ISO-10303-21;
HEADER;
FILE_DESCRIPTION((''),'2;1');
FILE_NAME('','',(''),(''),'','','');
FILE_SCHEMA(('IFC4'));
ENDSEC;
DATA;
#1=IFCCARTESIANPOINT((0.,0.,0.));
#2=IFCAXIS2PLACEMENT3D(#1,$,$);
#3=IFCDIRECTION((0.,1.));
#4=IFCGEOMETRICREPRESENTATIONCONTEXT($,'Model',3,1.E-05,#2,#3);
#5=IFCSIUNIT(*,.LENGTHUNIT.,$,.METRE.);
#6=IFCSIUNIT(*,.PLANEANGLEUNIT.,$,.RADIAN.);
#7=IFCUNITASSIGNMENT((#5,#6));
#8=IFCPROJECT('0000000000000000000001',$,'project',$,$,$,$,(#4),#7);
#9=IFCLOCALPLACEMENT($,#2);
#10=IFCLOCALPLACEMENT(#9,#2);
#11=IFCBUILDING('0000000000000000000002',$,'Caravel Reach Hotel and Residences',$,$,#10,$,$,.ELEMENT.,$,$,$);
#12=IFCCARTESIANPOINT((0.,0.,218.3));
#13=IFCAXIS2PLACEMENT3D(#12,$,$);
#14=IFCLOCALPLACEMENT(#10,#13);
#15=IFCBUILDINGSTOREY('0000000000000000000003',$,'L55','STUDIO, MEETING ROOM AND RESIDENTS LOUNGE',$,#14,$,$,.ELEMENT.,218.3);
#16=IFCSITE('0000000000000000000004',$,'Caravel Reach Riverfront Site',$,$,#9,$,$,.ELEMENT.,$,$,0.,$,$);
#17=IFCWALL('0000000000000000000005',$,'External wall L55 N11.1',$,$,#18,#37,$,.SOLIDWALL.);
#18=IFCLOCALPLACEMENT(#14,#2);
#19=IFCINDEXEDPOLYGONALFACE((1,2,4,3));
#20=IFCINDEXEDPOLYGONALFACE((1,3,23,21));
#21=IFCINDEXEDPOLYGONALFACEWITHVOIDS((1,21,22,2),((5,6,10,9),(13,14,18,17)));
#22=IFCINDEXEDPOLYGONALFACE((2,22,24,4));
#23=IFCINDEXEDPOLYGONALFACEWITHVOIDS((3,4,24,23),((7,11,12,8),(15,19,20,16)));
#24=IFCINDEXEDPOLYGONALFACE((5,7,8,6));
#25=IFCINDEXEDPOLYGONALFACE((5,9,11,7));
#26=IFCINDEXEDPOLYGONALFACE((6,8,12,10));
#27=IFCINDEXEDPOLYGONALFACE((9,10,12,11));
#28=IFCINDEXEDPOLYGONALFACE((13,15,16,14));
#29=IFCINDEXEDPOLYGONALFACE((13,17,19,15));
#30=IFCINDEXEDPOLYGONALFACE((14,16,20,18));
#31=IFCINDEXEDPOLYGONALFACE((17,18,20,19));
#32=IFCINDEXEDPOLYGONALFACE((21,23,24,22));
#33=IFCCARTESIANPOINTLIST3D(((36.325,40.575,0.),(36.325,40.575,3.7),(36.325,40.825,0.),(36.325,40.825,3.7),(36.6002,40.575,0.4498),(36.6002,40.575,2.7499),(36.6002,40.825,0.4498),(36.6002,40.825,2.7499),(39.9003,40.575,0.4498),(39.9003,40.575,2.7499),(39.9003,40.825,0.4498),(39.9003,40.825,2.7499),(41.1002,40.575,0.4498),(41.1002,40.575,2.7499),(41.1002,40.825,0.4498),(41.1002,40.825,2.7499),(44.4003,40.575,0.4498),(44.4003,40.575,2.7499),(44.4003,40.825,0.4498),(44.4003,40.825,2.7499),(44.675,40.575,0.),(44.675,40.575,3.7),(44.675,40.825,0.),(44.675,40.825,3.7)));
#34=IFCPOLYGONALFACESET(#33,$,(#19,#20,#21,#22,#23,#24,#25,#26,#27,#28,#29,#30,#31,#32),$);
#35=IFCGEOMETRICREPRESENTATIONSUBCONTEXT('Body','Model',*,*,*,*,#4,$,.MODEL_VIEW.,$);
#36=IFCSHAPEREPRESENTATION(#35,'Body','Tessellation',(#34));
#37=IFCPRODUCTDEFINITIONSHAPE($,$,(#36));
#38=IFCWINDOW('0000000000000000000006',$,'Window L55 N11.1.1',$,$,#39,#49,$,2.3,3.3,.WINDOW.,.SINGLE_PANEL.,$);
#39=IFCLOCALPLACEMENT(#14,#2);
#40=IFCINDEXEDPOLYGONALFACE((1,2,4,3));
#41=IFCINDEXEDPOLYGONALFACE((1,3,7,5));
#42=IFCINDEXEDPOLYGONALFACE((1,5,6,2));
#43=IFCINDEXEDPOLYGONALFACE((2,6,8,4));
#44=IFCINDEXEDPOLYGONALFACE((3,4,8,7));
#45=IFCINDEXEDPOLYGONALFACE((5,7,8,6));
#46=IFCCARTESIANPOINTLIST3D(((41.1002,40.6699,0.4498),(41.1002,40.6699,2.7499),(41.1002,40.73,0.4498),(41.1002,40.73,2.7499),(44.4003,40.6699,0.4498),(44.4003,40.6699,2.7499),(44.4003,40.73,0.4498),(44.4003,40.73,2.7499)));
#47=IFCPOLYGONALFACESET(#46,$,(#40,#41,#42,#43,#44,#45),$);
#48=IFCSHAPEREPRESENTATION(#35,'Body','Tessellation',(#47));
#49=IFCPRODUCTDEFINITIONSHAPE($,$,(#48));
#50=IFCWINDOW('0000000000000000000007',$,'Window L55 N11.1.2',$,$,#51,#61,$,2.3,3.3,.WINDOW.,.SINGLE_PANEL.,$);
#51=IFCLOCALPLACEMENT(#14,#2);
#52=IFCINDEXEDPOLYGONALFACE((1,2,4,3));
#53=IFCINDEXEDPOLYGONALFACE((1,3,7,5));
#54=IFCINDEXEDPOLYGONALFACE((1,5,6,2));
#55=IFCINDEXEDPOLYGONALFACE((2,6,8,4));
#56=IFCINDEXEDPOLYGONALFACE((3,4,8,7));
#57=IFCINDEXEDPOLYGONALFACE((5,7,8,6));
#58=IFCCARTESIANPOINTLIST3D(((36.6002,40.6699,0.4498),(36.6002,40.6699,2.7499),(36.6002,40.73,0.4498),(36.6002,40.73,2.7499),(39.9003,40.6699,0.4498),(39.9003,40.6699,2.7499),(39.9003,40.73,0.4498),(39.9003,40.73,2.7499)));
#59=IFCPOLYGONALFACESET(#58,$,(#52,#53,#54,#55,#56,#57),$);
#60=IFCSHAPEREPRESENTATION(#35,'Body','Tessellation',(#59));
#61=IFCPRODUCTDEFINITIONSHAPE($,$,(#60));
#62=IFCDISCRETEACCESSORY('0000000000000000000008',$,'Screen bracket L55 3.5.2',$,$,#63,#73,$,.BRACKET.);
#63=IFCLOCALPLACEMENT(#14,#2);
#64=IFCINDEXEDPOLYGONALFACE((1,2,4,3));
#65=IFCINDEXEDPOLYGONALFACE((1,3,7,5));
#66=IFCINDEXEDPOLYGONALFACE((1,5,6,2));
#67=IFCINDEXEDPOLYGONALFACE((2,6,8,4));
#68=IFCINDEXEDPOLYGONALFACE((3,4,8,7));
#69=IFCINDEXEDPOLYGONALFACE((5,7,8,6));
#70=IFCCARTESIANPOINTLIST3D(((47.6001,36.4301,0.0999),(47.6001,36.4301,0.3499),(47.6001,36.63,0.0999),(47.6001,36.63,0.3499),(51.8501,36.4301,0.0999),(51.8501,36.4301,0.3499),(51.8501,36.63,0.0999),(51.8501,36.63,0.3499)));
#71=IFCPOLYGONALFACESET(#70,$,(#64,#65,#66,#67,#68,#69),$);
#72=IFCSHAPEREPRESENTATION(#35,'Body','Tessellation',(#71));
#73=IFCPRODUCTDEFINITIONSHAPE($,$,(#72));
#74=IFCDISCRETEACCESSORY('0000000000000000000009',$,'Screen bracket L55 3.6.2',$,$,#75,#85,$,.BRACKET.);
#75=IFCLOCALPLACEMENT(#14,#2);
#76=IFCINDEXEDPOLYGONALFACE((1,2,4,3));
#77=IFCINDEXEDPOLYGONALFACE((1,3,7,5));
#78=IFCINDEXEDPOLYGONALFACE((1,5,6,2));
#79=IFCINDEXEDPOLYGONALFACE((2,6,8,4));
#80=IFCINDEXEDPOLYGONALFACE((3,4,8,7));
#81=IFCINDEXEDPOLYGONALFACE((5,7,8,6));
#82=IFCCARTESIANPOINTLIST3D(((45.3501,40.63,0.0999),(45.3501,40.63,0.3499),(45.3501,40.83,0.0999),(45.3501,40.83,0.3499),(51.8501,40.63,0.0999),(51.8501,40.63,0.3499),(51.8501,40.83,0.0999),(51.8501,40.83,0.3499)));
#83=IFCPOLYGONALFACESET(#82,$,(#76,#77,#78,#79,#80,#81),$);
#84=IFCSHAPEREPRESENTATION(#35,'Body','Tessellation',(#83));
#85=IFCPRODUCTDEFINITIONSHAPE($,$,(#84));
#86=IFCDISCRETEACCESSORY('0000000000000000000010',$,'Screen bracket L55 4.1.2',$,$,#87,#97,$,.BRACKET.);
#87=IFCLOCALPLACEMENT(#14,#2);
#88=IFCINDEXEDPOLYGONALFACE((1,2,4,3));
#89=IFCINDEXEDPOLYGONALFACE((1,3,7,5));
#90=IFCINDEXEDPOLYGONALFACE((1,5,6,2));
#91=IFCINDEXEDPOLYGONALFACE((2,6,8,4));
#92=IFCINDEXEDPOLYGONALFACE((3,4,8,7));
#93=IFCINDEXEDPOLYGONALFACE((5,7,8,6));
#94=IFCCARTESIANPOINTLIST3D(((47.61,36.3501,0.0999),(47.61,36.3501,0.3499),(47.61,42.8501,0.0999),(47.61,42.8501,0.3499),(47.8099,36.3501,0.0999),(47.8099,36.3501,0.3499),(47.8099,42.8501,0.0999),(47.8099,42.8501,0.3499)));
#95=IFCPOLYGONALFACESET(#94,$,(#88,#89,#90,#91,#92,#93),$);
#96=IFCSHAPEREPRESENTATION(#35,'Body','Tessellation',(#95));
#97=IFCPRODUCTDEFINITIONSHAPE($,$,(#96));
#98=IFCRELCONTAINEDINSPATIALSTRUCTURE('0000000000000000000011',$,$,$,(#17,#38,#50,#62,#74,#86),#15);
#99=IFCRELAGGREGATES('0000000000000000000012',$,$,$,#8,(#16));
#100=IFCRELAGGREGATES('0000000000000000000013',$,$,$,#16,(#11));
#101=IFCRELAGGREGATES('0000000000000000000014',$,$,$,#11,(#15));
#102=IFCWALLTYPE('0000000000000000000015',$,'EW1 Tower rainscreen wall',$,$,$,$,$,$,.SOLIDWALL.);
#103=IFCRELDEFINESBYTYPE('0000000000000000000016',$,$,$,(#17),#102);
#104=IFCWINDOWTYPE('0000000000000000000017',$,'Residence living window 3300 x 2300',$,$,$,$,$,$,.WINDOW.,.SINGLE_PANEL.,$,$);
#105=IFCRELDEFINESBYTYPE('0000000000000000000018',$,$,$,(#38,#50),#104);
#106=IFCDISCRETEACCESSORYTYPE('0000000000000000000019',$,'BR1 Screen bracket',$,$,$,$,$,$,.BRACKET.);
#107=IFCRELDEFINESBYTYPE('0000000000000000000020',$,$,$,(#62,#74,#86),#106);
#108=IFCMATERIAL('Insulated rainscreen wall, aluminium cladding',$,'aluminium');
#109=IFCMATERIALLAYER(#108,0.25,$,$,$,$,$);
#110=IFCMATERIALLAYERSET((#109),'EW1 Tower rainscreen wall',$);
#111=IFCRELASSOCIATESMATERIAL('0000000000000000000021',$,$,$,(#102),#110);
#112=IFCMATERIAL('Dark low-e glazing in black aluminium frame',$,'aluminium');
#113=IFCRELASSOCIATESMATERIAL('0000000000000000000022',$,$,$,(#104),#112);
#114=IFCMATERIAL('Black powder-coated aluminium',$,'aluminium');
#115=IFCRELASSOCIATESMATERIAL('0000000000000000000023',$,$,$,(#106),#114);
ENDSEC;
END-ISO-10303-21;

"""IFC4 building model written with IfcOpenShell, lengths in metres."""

from ifc_helpers import new_model, si_unit, direction, frame, frame_2d, origin, origin_2d, place, context, subcontext, project, spatial, rectangle, extrude, material, layer, layer_set, type_object, element, fill, save


model = new_model("IFC4")

# Units and contexts
model_context = context("Model", 3, precision=1e-05, world=origin(), true_north=direction((0.0, 1.0)))
body_context = subcontext(model_context, "Body", "Model", "MODEL_VIEW")
ifc_project = project(units=[si_unit("LENGTHUNIT", "METRE"), si_unit("PLANEANGLEUNIT", "RADIAN")], contexts=[model_context])

# Site, building, storey
site_placement = place(None, origin())
site = spatial("IfcSite", under=ifc_project, at=site_placement, Name="Caravel Reach Riverfront Site", CompositionType="ELEMENT", RefElevation=0.0)
building_placement = place(site_placement, origin())
building = spatial("IfcBuilding", under=site, at=building_placement, Name="Caravel Reach Hotel and Residences", CompositionType="ELEMENT")
storey_placement = place(building_placement, frame((0.0, 0.0, 218.3)))
storey = spatial("IfcBuildingStorey", under=building, at=storey_placement, Name="L55", Description="STUDIO, MEETING ROOM AND RESIDENTS LOUNGE", CompositionType="ELEMENT", Elevation=218.3)

# Shared definitions
ifc_material_1 = material(Name="Insulated rainscreen wall, aluminium cladding", Category="aluminium")
ifc_layer_1 = layer(ifc_material_1, 0.25)
ifc_layer_set_1 = layer_set([ifc_layer_1], Name="EW1 Tower rainscreen wall")
wall_type_1 = type_object("IfcWallType", Name="EW1 Tower rainscreen wall", PredefinedType="SOLIDWALL", material=ifc_layer_set_1)

# Wall, openings, windows
wall_1_placement = place(storey_placement, frame((44.675, 40.7, 0.0), z_axis=(0.0, 0.0, 1.0), x_axis=(-1.0, 0.0, 0.0)))
wall_1 = element("IfcWall", 1, at=wall_1_placement, inside=storey, type_object=wall_type_1, Name="External wall L55 N11.1", PredefinedType="SOLIDWALL", context=body_context, shape_type="SweptSolid", body=[
    extrude(rectangle(XDim=8.3501, YDim=0.25, at=frame_2d((4.175, 0.0))), origin(), (0.0, 0.0, 1.0), 3.7),
])
opening_1_placement = place(wall_1_placement, frame((0.2749, 0.0, 0.45)))
opening_1 = element("IfcOpeningElement", 2, at=opening_1_placement, cuts=wall_1, PredefinedType="OPENING", context=body_context, shape_type="SweptSolid", body=[
    extrude(rectangle(XDim=3.3, YDim=2.3, at=frame_2d((1.6499, 1.1499))), frame((0.0, 0.135, 0.0), z_axis=(0.0, -1.0, 0.0), x_axis=(1.0, 0.0, 0.0)), (0.0, 0.0, 1.0), 0.27),
])
opening_2_placement = place(wall_1_placement, frame((4.7749, 0.0, 0.45)))
opening_2 = element("IfcOpeningElement", 3, at=opening_2_placement, cuts=wall_1, PredefinedType="OPENING", context=body_context, shape_type="SweptSolid", body=[
    extrude(rectangle(XDim=3.3, YDim=2.3, at=frame_2d((1.6499, 1.1499))), frame((0.0, 0.135, 0.0), z_axis=(0.0, -1.0, 0.0), x_axis=(1.0, 0.0, 0.0)), (0.0, 0.0, 1.0), 0.27),
])
ifc_material_2 = material(Name="Dark low-e glazing in black aluminium frame", Category="aluminium")
window_type_1 = type_object("IfcWindowType", Name="Residence living window 3300 x 2300", PartitioningType="SINGLE_PANEL", PredefinedType="WINDOW", material=ifc_material_2)
window_1_placement = place(opening_1_placement, origin())
window_1 = element("IfcWindow", 4, at=window_1_placement, inside=storey, type_object=window_type_1, Name="Window L55 N11.1.1", OverallHeight=2.3, OverallWidth=3.3, PartitioningType="SINGLE_PANEL", PredefinedType="WINDOW", context=body_context, shape_type="SweptSolid", body=[
    extrude(rectangle(XDim=3.3, YDim=2.3, at=frame_2d((1.6499, 1.1499))), frame((0.0, 0.03, 0.0), z_axis=(0.0, -1.0, 0.0), x_axis=(1.0, 0.0, 0.0)), (0.0, 0.0, 1.0), 0.0601),
])
fill(opening_1, window_1)
window_2_placement = place(opening_2_placement, origin())
window_2 = element("IfcWindow", 5, at=window_2_placement, inside=storey, type_object=window_type_1, Name="Window L55 N11.1.2", OverallHeight=2.3, OverallWidth=3.3, PartitioningType="SINGLE_PANEL", PredefinedType="WINDOW", context=body_context, shape_type="SweptSolid", body=[
    extrude(rectangle(XDim=3.3, YDim=2.3, at=frame_2d((1.6499, 1.1499))), frame((0.0, 0.03, 0.0), z_axis=(0.0, -1.0, 0.0), x_axis=(1.0, 0.0, 0.0)), (0.0, 0.0, 1.0), 0.0601),
])
fill(opening_2, window_2)

# Discrete accessories
ifc_material_3 = material(Name="Black powder-coated aluminium", Category="aluminium")
discrete_accessory_type = type_object("IfcDiscreteAccessoryType", Name="BR1 Screen bracket", PredefinedType="BRACKET", material=ifc_material_3)
discrete_accessory_placement = place(storey_placement, frame((49.7251, 36.53, 0.0999), z_axis=(0.0, 0.0, 1.0), x_axis=(1.0, 0.0, 0.0)))
element("IfcDiscreteAccessory", 6, at=discrete_accessory_placement, inside=storey, type_object=discrete_accessory_type, Name="Screen bracket L55 3.5.2", PredefinedType="BRACKET", context=body_context, shape_type="SweptSolid", body=[
    extrude(rectangle(XDim=4.25, YDim=0.2, at=origin_2d()), origin(), (0.0, 0.0, 1.0), 0.25),
])
for number, where, z_axis, x_axis, name in (
    (7, (48.6001, 40.73, 0.0999), (0.0, 0.0, 1.0), (1.0, 0.0, 0.0), "Screen bracket L55 3.6.2"),
    (8, (47.71, 39.6001, 0.0999), (0.0, 0.0, 1.0), (0.0, 1.0, 0.0), "Screen bracket L55 4.1.2"),
):
    element("IfcDiscreteAccessory", number, at=place(storey_placement, frame(where, z_axis=z_axis, x_axis=x_axis)), inside=storey, type_object=discrete_accessory_type, Name=name, PredefinedType="BRACKET", context=body_context, shape_type="SweptSolid", body=[
        extrude(rectangle(XDim=6.5, YDim=0.2, at=origin_2d()), origin(), (0.0, 0.0, 1.0), 0.25),
    ])

save(model, "model.ifc")
